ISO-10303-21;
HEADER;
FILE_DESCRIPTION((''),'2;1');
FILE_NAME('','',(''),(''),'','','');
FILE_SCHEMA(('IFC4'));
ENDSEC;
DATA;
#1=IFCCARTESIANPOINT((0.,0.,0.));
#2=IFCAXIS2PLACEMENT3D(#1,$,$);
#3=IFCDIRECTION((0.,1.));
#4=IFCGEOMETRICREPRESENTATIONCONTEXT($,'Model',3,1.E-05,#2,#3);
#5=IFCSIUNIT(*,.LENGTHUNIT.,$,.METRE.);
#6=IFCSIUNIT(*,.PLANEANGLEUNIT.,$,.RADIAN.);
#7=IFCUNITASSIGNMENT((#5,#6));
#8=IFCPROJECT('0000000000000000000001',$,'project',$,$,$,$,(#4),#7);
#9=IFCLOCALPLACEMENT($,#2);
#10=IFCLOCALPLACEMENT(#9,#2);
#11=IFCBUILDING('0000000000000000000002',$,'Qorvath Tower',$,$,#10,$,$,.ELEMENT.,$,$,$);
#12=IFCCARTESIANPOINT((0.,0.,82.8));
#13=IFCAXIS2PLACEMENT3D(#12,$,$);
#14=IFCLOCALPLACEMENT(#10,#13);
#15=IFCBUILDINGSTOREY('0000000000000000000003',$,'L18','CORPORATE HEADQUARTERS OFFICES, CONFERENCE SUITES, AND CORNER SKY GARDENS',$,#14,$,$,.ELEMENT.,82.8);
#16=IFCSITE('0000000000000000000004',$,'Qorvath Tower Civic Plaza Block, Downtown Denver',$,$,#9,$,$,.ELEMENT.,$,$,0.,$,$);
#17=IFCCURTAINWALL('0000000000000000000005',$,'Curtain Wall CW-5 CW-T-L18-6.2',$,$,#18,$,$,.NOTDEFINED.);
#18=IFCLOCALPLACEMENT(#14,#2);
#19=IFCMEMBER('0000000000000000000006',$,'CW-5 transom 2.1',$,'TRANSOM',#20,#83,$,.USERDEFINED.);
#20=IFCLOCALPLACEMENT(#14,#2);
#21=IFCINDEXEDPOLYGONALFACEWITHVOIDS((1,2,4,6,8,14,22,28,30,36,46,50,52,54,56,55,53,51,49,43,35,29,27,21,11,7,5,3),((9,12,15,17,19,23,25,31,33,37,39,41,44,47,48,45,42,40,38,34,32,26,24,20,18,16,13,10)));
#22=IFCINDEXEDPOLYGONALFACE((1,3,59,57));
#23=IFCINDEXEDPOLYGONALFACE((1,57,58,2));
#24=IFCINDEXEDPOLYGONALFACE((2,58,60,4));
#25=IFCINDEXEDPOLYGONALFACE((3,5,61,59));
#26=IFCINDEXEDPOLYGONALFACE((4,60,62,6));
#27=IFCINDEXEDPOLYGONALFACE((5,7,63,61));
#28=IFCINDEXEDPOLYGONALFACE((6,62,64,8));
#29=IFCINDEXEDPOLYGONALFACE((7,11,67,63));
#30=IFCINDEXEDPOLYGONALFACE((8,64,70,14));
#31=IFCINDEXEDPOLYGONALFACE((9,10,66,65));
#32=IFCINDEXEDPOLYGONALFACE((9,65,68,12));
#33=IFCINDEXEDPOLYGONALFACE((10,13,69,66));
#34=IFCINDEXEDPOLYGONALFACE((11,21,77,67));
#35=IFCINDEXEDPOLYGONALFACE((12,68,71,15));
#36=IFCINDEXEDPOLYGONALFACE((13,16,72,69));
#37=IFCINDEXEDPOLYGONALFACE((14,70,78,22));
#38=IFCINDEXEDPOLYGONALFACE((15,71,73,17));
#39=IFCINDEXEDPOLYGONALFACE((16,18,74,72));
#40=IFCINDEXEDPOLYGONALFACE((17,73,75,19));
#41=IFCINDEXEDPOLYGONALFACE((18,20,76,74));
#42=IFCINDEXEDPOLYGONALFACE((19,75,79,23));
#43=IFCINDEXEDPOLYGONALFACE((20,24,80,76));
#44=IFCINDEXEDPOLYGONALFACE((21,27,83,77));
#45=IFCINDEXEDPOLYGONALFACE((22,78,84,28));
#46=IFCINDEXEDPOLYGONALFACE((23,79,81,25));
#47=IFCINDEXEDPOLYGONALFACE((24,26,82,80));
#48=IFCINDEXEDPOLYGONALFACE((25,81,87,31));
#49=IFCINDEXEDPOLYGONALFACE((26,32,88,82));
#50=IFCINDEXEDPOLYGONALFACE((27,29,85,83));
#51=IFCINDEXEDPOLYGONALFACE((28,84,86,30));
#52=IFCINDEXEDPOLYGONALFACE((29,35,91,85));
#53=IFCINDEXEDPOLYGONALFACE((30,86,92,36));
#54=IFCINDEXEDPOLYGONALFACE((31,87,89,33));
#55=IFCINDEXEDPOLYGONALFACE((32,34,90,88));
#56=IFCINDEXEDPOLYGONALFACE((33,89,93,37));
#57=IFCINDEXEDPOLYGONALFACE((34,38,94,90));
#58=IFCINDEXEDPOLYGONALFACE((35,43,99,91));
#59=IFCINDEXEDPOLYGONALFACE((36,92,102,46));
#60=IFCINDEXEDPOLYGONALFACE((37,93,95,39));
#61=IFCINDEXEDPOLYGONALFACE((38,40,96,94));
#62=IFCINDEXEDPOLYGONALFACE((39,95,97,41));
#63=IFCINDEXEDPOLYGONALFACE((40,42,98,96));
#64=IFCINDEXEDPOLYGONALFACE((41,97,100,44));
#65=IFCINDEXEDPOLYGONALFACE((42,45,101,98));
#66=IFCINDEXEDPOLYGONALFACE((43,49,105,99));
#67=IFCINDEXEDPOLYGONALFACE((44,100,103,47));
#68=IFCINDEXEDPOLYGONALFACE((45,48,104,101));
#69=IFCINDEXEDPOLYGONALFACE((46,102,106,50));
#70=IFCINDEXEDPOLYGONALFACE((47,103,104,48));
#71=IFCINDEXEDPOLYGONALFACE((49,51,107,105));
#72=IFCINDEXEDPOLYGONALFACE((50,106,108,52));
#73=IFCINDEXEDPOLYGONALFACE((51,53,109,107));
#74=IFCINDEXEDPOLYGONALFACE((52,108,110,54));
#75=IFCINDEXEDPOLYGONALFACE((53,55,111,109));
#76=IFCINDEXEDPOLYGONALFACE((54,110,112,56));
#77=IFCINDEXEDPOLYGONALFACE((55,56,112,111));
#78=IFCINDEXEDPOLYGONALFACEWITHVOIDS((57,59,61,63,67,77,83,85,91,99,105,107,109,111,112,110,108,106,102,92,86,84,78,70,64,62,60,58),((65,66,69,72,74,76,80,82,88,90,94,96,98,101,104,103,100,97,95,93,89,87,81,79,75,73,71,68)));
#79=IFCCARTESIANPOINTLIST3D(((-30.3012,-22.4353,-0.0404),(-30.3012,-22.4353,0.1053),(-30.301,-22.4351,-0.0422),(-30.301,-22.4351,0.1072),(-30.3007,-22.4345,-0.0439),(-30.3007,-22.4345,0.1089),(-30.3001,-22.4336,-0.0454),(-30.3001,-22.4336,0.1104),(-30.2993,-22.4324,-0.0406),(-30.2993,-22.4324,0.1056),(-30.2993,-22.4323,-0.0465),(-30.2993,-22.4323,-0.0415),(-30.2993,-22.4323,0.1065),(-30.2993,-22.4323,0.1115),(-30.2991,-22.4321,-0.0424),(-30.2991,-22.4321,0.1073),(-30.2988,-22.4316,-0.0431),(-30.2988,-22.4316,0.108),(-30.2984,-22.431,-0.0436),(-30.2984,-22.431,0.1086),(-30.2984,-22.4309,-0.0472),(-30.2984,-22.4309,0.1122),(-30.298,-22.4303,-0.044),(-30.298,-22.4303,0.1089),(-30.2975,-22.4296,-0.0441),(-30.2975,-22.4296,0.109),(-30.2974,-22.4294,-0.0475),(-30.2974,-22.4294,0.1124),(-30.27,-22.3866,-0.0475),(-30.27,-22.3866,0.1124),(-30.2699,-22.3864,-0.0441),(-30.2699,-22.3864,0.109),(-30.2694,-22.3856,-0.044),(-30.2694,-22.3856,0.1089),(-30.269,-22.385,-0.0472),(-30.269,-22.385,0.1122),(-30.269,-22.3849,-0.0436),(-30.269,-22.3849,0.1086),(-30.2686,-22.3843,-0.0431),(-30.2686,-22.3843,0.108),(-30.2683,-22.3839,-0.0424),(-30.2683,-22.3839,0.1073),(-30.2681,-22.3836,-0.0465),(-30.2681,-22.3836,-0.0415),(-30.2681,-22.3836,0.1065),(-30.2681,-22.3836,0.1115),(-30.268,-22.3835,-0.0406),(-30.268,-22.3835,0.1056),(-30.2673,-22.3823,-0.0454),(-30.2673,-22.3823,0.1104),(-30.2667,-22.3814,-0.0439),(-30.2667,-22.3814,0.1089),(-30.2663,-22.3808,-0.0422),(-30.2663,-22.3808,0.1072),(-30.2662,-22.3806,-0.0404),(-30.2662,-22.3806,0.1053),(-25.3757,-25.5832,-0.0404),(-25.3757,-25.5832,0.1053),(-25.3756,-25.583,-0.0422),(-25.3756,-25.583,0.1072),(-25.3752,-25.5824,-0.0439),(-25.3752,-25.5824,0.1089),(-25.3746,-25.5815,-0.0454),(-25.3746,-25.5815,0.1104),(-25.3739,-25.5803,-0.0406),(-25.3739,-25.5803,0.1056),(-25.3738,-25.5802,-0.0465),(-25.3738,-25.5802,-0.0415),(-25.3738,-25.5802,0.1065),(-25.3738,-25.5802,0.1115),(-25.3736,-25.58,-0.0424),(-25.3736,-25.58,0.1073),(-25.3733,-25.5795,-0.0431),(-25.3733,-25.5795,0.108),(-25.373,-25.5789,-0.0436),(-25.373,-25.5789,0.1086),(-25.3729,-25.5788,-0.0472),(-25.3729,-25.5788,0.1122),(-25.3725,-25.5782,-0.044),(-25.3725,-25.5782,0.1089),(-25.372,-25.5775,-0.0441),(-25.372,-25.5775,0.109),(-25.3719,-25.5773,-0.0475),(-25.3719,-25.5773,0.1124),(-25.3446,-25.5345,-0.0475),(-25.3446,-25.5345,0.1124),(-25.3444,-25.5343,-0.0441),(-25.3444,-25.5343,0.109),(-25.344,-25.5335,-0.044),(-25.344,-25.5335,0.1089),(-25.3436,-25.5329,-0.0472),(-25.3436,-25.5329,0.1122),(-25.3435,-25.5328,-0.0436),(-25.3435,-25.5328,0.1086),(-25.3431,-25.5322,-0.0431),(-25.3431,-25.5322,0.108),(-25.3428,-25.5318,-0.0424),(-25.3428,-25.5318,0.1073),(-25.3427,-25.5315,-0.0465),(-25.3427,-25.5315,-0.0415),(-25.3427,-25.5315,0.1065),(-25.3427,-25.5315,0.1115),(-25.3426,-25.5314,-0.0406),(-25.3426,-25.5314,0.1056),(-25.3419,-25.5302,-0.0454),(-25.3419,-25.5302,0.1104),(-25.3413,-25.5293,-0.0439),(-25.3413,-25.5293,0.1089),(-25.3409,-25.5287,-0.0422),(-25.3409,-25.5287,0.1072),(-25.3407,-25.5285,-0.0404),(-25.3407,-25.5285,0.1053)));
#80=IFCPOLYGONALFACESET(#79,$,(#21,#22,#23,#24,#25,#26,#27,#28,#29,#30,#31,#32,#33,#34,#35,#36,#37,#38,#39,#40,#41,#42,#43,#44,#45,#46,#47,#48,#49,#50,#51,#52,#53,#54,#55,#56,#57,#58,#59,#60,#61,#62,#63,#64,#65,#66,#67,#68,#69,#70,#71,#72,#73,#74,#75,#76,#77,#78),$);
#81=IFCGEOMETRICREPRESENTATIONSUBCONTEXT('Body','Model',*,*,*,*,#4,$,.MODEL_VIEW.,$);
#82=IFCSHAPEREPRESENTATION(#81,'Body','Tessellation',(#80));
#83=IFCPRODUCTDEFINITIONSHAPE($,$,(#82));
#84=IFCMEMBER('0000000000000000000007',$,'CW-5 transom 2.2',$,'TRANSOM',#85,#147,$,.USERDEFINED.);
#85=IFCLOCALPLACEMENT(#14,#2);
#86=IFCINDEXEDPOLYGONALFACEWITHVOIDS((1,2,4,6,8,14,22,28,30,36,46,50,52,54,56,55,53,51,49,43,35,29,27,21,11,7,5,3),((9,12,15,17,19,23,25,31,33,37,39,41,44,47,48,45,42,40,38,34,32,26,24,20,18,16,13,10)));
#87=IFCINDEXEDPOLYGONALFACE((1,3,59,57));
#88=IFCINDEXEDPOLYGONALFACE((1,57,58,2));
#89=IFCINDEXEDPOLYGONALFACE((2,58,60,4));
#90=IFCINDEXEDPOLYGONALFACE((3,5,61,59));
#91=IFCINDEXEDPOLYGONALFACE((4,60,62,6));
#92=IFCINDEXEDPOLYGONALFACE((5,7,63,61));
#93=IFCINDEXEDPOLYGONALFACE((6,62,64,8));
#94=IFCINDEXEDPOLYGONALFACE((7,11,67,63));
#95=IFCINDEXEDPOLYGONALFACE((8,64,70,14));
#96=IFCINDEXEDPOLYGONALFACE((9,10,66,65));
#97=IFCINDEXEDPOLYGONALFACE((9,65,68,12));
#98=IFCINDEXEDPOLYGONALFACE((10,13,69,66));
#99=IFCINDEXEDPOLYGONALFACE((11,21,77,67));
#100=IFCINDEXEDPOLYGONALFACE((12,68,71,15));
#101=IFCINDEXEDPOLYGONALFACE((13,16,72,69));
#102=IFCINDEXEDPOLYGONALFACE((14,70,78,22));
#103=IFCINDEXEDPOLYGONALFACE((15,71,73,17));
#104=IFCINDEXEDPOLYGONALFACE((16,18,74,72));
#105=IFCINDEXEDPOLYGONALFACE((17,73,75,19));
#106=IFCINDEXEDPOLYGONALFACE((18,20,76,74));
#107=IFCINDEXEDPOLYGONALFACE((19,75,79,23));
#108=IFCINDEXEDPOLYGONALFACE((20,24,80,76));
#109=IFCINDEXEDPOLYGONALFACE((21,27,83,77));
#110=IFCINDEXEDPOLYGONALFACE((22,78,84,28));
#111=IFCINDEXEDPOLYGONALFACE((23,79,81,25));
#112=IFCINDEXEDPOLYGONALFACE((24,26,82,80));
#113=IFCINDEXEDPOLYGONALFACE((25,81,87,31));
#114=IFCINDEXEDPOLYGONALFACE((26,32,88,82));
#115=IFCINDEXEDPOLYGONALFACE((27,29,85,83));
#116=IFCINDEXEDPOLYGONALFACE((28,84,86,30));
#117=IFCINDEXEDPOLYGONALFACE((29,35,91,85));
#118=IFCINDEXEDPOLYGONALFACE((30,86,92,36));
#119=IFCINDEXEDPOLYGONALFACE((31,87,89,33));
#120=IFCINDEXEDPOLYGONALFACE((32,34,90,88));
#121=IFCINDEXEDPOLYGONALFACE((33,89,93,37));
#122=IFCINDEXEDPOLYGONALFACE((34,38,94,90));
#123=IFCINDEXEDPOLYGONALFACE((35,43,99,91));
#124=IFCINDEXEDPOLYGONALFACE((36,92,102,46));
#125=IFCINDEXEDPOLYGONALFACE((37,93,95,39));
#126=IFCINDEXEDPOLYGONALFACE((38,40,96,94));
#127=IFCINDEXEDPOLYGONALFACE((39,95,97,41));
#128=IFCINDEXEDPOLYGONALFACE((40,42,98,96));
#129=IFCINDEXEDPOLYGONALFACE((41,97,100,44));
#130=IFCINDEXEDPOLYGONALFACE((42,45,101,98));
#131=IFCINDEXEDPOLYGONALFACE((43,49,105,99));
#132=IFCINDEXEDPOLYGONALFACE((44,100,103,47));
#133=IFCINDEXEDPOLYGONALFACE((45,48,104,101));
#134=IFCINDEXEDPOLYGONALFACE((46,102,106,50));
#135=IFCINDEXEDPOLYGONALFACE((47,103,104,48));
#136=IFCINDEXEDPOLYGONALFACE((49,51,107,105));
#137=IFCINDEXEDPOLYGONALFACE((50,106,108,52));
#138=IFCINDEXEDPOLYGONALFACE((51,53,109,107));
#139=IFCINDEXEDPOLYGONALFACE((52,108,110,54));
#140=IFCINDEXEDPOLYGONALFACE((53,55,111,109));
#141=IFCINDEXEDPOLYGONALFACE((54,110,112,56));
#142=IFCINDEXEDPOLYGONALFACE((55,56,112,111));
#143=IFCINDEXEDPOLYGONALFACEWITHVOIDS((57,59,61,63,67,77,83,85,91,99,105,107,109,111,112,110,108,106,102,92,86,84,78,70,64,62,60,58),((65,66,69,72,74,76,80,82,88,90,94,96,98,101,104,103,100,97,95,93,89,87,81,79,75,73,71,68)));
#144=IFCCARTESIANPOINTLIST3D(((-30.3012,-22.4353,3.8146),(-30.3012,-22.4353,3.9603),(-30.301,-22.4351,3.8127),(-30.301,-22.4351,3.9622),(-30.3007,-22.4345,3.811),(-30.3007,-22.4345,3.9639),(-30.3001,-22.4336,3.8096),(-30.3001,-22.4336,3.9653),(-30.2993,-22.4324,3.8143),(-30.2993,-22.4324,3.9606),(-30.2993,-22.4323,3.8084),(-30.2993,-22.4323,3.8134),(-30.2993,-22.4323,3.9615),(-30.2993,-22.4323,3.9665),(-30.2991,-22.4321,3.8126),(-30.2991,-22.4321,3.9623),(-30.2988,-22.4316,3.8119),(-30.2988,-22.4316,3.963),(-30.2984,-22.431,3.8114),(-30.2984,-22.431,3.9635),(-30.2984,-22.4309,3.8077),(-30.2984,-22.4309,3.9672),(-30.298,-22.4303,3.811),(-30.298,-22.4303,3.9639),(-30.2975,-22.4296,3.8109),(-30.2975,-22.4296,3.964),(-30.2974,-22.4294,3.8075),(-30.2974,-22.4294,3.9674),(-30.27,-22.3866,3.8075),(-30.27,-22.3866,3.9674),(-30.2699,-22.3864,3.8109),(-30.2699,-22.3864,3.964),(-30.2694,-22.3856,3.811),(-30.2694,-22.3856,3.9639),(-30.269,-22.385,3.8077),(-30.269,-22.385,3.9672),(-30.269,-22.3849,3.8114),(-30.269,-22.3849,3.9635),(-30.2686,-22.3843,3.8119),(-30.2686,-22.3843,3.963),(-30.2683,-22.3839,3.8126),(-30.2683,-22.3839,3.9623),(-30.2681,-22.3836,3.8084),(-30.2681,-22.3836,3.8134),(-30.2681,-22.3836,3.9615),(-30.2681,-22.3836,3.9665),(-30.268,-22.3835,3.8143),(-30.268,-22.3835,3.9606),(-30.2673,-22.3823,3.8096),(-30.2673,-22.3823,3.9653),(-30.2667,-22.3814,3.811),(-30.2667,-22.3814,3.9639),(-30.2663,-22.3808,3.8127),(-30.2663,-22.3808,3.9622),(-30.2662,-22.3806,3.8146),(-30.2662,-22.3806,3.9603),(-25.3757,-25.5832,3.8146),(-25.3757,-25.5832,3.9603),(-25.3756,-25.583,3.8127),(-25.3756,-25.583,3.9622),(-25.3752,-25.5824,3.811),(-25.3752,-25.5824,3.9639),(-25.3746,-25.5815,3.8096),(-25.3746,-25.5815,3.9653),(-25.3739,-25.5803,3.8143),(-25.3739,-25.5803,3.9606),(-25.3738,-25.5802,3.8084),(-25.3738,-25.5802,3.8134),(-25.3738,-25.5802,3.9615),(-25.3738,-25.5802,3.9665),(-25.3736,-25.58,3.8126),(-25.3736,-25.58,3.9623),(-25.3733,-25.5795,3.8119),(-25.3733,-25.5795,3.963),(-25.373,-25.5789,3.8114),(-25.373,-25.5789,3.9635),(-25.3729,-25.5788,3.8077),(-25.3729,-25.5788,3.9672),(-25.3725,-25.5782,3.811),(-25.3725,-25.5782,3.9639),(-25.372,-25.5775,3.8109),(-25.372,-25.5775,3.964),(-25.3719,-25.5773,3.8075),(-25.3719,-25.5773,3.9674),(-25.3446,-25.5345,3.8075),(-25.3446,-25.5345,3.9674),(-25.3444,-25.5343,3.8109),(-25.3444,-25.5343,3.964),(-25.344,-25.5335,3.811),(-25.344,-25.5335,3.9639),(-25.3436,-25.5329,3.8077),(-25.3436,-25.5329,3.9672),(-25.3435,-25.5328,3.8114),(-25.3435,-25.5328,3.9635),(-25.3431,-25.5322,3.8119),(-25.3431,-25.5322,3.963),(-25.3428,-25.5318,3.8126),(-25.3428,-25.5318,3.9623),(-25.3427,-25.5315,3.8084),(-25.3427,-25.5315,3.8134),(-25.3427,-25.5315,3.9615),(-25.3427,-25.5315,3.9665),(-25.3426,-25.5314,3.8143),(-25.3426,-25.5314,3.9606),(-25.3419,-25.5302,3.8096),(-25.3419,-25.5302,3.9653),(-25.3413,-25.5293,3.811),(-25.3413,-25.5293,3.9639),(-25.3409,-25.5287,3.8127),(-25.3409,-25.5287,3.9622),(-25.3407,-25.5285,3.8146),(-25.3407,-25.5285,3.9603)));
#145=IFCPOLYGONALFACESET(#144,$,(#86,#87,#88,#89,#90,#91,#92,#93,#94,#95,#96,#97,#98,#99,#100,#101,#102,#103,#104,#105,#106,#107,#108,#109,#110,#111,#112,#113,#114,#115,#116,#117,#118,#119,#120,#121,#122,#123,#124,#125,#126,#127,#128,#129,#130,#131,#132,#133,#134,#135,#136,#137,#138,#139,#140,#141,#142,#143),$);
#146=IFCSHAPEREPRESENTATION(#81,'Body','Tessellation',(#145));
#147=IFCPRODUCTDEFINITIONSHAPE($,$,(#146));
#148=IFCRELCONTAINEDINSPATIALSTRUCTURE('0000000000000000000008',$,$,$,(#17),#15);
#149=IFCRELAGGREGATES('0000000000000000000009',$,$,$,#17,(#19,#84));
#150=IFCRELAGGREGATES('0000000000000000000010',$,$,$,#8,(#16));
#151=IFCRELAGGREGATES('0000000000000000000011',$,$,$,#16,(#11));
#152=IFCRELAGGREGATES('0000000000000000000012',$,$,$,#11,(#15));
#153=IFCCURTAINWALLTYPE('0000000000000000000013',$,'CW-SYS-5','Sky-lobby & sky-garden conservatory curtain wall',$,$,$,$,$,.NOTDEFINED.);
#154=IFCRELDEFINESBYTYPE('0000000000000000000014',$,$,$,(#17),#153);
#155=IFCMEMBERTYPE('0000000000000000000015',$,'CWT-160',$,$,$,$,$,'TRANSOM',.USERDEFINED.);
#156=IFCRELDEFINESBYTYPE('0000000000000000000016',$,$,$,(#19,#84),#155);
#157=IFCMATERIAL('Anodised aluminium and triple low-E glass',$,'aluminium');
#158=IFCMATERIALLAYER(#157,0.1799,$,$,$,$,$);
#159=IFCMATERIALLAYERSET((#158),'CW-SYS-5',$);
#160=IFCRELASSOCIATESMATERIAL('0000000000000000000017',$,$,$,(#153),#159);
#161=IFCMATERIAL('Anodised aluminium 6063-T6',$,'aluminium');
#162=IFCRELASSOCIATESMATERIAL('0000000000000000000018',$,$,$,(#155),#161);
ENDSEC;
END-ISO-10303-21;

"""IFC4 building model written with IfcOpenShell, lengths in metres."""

from ifc_helpers import new_model, si_unit, direction, frame, origin, origin_2d, place, context, subcontext, project, spatial, hollow_rectangle, extrude, material, layer, layer_set, material_profile, profile_set, type_object, element, aggregate, save


model = new_model("IFC4")

# Units and contexts
model_context = context("Model", 3, precision=1e-05, world=origin(), true_north=direction((0.0, 1.0)))
body_context = subcontext(model_context, "Body", "Model", "MODEL_VIEW")
ifc_project = project(units=[si_unit("LENGTHUNIT", "METRE"), si_unit("PLANEANGLEUNIT", "RADIAN")], contexts=[model_context])

# Site, building, storey
site_placement = place(None, origin())
site = spatial("IfcSite", under=ifc_project, at=site_placement, Name="Qorvath Tower Civic Plaza Block, Downtown Denver", CompositionType="ELEMENT", RefElevation=0.0)
building_placement = place(site_placement, origin())
building = spatial("IfcBuilding", under=site, at=building_placement, Name="Qorvath Tower", CompositionType="ELEMENT")
storey_placement = place(building_placement, frame((0.0, 0.0, 82.8)))
storey = spatial("IfcBuildingStorey", under=building, at=storey_placement, Name="L18", Description="CORPORATE HEADQUARTERS OFFICES, CONFERENCE SUITES, AND CORNER SKY GARDENS", CompositionType="ELEMENT", Elevation=82.8)

# Curtain wall, members
ifc_material_1 = material(Name="Anodised aluminium and triple low-E glass", Category="aluminium")
ifc_layer_1 = layer(ifc_material_1, 0.1799)
ifc_layer_set_1 = layer_set([ifc_layer_1], Name="CW-SYS-5")
curtain_wall_type = type_object("IfcCurtainWallType", Name="CW-SYS-5", Description="Sky-lobby & sky-garden conservatory curtain wall", PredefinedType="NOTDEFINED", material=ifc_layer_set_1)
curtain_wall_placement = place(storey_placement, origin())
curtain_wall = element("IfcCurtainWall", 1, at=curtain_wall_placement, inside=storey, type_object=curtain_wall_type, Name="Curtain Wall CW-5 CW-T-L18-6.2", PredefinedType="NOTDEFINED")
ifc_material_2 = material(Name="Anodised aluminium 6063-T6", Category="aluminium")
ifc_material_profile_1 = material_profile(ifc_material_2, hollow_rectangle(XDim=0.0649, YDim=0.1599, WallThickness=0.0034, InnerFilletRadius=0.0034, OuterFilletRadius=0.0071, at=origin_2d()), Name="CWT 160x65")
ifc_profile_set_1 = profile_set([ifc_material_profile_1], Name="Anodised aluminium 6063-T6")
member_type_1 = type_object("IfcMemberType", Name="CWT-160", ElementType="TRANSOM", PredefinedType="USERDEFINED", material=ifc_profile_set_1)
member_1_placement = place(storey_placement, frame((-30.2837, -22.408, 0.0325), z_axis=(0.842613, -0.53852, 0.0), x_axis=(0.53852, 0.842613, 0.0)))
member_1 = element("IfcMember", 2, at=member_1_placement, type_object=member_type_1, Name="CW-5 transom 2.1", ObjectType="TRANSOM", PredefinedType="USERDEFINED", context=body_context, shape_type="SweptSolid", body=[
    extrude(hollow_rectangle(XDim=0.0649, YDim=0.1599, WallThickness=0.0034, InnerFilletRadius=0.0034, OuterFilletRadius=0.0071, at=origin_2d()), origin(), (0.0, 0.0, 1.0), 5.8455),
])
member_2_placement = place(storey_placement, frame((-30.2837, -22.408, 3.8875), z_axis=(0.842613, -0.53852, 0.0), x_axis=(0.53852, 0.842613, 0.0)))
member_2 = element("IfcMember", 3, at=member_2_placement, type_object=member_type_1, Name="CW-5 transom 2.2", ObjectType="TRANSOM", PredefinedType="USERDEFINED", context=body_context, shape_type="SweptSolid", body=[
    extrude(hollow_rectangle(XDim=0.0649, YDim=0.1599, WallThickness=0.0034, InnerFilletRadius=0.0034, OuterFilletRadius=0.0071, at=origin_2d()), origin(), (0.0, 0.0, 1.0), 5.8455),
])
aggregate(curtain_wall, [member_1, member_2])

save(model, "model.ifc")
